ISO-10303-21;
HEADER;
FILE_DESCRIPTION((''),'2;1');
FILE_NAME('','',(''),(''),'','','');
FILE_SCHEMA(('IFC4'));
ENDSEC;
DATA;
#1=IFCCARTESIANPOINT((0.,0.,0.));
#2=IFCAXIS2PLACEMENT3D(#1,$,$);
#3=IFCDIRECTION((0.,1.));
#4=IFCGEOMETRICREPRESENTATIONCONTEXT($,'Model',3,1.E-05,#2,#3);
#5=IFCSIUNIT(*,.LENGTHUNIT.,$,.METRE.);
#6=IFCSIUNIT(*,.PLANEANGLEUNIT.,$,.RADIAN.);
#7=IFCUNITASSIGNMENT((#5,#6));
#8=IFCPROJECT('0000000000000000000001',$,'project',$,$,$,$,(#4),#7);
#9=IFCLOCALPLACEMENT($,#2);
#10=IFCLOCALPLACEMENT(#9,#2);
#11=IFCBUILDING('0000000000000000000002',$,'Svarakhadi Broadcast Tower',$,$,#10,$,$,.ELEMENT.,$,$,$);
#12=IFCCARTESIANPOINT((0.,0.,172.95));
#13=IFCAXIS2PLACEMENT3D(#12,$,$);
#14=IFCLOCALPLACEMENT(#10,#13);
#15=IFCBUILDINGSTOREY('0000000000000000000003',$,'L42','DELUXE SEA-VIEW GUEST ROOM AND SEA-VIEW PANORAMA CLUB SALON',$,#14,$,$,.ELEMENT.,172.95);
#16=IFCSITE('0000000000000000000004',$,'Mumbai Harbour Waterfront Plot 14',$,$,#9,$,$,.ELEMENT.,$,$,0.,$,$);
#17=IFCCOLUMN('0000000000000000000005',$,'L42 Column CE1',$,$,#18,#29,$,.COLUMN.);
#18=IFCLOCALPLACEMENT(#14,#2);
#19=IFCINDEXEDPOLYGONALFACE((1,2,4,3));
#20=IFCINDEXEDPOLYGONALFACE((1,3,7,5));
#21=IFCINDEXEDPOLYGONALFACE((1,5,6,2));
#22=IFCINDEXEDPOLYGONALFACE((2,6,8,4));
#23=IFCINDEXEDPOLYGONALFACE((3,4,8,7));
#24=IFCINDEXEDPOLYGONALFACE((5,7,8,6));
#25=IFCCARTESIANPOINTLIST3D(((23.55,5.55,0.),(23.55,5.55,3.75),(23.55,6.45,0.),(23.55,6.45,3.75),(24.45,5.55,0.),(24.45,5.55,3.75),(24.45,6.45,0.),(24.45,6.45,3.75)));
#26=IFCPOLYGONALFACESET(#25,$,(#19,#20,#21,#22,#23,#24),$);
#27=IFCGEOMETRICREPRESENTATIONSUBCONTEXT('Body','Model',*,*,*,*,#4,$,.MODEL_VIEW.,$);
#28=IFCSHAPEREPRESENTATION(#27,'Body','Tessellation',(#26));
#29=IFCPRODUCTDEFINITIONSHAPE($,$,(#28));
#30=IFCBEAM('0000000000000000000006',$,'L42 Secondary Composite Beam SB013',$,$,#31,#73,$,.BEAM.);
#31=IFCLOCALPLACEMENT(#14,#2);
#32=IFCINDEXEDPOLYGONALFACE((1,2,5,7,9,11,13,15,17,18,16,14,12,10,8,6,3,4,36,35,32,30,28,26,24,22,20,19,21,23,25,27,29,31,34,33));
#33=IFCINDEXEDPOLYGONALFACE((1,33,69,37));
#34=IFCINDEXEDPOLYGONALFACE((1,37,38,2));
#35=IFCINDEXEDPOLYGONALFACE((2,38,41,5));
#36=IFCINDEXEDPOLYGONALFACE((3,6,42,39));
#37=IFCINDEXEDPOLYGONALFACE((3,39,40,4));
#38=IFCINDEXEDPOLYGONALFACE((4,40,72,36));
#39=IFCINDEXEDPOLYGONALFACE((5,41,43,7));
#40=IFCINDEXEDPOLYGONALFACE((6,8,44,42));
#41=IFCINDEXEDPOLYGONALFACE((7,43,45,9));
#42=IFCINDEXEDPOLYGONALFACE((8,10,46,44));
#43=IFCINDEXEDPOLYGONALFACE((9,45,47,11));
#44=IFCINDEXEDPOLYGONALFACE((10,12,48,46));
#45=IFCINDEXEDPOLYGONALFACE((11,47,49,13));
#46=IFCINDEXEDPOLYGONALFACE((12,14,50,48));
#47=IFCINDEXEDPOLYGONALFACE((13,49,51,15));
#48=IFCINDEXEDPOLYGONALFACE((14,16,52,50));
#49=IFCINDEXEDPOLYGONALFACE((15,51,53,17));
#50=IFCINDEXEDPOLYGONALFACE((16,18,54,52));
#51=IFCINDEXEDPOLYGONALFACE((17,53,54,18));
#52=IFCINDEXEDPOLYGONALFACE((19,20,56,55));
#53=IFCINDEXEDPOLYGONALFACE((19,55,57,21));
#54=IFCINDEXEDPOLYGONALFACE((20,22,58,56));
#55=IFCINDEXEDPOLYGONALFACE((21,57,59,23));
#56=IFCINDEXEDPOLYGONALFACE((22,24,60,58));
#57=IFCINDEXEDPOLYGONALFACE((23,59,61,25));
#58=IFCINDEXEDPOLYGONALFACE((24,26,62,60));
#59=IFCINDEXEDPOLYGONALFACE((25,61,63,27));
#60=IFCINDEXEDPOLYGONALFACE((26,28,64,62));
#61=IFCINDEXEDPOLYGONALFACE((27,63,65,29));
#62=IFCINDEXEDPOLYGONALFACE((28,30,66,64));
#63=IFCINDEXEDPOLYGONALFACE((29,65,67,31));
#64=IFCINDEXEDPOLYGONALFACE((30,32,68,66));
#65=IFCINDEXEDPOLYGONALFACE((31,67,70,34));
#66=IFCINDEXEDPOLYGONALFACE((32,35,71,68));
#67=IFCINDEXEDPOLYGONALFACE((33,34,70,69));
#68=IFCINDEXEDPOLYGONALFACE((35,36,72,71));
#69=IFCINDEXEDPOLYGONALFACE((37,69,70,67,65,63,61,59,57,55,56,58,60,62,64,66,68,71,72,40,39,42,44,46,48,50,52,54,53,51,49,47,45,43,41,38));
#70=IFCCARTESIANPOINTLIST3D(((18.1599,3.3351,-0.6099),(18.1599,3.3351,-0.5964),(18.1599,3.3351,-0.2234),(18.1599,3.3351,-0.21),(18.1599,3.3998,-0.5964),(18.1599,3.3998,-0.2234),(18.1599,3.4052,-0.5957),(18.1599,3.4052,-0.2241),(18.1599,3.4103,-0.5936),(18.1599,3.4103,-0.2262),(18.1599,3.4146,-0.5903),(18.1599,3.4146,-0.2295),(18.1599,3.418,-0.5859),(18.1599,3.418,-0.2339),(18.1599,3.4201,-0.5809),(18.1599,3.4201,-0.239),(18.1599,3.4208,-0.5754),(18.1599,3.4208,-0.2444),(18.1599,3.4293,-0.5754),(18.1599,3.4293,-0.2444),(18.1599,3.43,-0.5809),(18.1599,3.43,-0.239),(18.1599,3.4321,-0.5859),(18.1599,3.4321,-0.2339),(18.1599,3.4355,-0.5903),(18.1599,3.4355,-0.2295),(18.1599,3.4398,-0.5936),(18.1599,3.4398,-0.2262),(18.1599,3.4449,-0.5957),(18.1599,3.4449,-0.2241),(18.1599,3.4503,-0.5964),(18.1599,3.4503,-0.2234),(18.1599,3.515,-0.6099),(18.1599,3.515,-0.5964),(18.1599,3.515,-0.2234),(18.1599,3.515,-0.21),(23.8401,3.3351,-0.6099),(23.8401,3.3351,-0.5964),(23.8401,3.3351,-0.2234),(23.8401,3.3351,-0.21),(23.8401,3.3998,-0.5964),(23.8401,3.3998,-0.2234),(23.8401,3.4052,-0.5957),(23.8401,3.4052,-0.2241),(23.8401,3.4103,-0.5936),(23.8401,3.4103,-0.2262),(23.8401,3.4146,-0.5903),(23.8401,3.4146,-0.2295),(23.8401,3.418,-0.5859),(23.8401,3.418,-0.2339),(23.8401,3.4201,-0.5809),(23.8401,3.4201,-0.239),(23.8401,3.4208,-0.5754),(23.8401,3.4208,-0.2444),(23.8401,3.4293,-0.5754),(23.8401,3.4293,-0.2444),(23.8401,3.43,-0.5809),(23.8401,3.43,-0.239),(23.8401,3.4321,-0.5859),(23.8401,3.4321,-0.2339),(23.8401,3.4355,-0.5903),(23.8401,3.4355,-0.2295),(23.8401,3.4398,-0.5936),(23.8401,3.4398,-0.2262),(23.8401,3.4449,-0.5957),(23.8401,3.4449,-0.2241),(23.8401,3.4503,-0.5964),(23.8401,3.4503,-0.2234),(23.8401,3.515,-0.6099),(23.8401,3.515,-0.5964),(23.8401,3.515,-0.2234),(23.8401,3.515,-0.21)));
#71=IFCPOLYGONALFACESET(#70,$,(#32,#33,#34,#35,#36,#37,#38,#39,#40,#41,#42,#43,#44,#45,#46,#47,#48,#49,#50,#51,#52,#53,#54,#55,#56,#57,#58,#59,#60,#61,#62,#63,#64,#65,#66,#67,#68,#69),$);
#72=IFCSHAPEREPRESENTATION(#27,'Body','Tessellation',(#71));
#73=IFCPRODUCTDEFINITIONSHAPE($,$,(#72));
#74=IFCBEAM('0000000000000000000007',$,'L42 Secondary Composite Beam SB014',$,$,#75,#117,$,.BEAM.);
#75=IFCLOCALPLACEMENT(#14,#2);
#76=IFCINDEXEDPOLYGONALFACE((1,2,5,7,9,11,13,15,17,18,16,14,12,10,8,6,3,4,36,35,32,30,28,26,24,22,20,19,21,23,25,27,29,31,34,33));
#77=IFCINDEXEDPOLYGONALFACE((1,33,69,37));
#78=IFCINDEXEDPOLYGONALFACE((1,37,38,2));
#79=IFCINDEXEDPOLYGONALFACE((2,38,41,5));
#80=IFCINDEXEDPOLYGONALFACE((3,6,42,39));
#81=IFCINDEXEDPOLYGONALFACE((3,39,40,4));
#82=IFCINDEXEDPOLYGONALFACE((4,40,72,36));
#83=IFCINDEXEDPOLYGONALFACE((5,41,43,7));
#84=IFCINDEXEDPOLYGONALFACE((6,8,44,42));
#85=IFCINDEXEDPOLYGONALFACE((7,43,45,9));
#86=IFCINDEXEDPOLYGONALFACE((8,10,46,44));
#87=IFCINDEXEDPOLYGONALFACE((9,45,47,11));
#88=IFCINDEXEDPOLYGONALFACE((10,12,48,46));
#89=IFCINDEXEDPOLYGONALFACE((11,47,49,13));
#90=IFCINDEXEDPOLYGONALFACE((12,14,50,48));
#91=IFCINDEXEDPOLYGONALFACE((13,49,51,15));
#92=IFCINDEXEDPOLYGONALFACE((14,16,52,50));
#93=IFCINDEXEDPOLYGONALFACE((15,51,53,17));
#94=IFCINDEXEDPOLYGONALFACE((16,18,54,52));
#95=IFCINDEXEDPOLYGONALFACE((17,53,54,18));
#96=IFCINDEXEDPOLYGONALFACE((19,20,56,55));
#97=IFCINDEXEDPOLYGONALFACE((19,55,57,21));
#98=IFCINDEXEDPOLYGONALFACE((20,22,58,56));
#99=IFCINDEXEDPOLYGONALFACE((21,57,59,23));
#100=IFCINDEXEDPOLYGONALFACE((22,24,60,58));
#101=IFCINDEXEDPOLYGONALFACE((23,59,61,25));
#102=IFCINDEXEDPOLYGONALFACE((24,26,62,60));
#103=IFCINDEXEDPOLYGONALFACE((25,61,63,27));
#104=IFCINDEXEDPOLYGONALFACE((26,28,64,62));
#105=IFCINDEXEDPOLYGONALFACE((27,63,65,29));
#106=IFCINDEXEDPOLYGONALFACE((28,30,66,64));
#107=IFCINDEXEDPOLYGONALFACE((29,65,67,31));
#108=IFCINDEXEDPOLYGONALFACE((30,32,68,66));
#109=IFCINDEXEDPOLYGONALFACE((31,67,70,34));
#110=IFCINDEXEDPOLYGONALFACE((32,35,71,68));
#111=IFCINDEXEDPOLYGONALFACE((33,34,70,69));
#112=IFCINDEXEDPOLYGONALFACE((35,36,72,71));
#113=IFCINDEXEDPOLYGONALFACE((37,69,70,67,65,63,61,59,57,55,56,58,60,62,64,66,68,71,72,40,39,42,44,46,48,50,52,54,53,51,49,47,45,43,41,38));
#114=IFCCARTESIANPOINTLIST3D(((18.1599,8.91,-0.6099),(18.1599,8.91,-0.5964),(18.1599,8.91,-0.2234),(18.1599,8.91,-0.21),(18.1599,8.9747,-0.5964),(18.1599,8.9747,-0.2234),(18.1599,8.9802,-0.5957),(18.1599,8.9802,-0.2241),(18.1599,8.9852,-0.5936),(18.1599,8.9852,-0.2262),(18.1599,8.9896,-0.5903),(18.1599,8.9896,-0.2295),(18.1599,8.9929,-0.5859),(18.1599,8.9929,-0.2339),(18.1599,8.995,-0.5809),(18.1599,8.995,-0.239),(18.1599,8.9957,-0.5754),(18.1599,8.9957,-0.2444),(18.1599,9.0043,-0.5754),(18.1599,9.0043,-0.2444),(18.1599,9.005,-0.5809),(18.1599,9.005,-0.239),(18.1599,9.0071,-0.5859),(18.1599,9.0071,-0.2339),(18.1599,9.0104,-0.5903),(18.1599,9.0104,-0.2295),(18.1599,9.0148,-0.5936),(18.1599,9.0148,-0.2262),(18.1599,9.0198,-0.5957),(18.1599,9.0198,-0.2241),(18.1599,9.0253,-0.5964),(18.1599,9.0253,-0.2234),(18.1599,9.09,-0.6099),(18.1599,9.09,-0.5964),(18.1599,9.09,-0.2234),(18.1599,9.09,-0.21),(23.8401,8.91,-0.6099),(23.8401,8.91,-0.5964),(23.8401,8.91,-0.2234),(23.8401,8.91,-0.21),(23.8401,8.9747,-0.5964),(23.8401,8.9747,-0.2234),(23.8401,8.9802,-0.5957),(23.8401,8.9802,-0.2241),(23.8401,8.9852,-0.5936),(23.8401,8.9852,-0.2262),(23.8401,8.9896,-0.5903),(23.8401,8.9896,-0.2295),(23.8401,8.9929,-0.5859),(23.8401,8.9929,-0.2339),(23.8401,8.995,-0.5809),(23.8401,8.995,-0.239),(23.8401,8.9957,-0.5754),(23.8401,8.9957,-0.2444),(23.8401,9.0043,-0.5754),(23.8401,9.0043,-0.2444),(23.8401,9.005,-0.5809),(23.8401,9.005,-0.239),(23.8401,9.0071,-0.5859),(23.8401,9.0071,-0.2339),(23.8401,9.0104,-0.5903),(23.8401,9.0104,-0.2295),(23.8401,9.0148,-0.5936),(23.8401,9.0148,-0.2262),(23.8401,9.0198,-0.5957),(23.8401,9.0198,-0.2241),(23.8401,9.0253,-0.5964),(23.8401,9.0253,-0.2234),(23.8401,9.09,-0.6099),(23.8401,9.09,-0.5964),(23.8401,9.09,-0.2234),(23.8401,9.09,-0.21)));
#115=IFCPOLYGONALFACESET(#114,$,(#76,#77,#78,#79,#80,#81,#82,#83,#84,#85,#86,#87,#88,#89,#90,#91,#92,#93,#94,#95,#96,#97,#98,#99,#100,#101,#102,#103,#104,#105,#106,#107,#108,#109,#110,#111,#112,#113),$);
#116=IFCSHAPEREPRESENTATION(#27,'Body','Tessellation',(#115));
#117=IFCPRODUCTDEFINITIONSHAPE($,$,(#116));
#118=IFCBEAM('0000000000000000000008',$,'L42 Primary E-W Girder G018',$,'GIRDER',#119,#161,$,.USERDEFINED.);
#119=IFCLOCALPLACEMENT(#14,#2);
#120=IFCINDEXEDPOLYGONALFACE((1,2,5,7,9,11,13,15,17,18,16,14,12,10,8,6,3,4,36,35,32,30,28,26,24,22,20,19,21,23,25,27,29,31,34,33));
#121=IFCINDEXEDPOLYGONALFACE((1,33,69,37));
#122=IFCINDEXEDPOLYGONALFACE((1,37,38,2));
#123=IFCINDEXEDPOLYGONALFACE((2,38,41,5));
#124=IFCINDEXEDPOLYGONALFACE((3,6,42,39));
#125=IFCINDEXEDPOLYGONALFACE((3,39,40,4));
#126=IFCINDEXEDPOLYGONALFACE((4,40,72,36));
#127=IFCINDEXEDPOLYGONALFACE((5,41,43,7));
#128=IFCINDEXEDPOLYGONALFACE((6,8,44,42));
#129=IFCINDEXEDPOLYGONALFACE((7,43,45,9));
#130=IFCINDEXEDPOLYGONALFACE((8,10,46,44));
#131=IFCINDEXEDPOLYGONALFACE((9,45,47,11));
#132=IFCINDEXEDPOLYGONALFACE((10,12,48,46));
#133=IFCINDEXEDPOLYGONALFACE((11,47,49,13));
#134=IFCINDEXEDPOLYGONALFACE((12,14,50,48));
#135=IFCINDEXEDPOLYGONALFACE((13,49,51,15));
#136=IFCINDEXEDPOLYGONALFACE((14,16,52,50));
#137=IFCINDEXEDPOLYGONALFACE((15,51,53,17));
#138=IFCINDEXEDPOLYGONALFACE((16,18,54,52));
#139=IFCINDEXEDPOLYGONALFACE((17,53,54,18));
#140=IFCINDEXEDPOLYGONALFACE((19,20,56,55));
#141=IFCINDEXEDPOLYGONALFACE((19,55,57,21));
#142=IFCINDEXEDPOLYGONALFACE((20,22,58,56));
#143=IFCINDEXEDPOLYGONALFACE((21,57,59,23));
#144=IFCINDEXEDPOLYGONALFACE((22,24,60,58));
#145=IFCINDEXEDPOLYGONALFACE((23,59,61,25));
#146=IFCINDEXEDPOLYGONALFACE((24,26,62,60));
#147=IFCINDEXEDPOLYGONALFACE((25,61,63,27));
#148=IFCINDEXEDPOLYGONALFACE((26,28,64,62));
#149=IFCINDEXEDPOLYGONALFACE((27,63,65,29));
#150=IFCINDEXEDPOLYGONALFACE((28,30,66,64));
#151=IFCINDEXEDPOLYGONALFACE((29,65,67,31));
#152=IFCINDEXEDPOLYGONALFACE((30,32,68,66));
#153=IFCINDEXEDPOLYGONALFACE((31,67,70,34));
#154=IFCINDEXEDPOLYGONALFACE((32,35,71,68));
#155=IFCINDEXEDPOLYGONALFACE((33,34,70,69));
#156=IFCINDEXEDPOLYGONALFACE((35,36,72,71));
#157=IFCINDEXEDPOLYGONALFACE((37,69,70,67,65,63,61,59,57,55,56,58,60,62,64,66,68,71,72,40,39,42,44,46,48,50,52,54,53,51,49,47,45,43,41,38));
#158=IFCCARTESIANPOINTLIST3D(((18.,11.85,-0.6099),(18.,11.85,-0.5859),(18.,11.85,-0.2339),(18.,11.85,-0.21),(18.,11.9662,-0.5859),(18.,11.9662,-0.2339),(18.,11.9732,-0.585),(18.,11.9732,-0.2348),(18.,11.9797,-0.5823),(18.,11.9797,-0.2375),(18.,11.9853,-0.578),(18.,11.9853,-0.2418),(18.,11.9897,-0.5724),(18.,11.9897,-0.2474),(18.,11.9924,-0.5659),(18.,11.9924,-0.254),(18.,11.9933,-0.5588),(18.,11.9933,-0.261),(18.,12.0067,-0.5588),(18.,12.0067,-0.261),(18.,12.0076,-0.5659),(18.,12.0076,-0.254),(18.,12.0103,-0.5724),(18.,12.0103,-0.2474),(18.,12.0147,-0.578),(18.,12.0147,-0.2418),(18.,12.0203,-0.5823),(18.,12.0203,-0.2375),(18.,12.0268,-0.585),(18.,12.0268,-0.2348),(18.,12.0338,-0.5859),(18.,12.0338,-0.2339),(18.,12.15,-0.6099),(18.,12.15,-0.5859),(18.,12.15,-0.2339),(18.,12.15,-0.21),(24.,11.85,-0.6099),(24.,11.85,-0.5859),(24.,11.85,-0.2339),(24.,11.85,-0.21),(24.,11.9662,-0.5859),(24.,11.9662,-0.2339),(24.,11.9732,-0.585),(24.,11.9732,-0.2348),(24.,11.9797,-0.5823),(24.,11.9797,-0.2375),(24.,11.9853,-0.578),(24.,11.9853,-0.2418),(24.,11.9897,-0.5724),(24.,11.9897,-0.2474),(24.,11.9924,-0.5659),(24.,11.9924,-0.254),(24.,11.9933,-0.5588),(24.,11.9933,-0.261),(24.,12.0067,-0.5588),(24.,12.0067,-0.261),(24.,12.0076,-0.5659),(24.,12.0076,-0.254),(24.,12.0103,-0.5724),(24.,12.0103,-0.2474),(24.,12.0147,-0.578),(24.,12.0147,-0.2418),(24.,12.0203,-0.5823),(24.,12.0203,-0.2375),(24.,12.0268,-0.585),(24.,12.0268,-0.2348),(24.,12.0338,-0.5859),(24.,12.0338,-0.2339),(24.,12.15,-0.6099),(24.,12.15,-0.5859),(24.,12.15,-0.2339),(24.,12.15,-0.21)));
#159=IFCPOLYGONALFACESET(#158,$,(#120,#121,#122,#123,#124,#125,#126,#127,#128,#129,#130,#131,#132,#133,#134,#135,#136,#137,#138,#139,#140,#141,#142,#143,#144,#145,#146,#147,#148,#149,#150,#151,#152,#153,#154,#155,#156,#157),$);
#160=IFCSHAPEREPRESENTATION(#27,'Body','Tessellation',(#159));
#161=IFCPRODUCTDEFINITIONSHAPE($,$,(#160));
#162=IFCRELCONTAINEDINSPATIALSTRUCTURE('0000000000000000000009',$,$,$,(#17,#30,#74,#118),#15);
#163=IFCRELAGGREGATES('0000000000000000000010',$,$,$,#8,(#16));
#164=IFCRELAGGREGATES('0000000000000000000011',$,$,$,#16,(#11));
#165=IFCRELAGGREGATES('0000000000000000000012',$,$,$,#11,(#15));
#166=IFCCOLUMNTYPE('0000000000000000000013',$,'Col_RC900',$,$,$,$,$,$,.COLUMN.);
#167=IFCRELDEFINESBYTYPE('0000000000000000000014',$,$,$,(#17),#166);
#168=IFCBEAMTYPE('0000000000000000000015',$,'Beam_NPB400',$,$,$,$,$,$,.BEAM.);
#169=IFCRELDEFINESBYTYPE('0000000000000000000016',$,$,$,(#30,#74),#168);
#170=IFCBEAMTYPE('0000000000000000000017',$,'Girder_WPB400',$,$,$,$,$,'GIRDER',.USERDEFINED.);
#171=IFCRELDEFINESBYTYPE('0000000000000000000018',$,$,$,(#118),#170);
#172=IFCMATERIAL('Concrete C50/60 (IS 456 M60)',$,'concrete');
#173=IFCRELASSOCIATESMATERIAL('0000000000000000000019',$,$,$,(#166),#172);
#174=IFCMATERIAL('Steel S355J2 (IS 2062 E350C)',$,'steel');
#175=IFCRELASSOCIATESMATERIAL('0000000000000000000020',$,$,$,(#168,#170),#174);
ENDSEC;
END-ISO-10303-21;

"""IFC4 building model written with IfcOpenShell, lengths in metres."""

from ifc_helpers import new_model, si_unit, direction, frame, origin, origin_2d, place, context, subcontext, project, spatial, rectangle, i_section, extrude, material, material_profile, profile_set, type_object, element, save


model = new_model("IFC4")

# Units and contexts
model_context = context("Model", 3, precision=1e-05, world=origin(), true_north=direction((0.0, 1.0)))
body_context = subcontext(model_context, "Body", "Model", "MODEL_VIEW")
ifc_project = project(units=[si_unit("LENGTHUNIT", "METRE"), si_unit("PLANEANGLEUNIT", "RADIAN")], contexts=[model_context])

# Site, building, storey
site_placement = place(None, origin())
site = spatial("IfcSite", under=ifc_project, at=site_placement, Name="Mumbai Harbour Waterfront Plot 14", CompositionType="ELEMENT", RefElevation=0.0)
building_placement = place(site_placement, origin())
building = spatial("IfcBuilding", under=site, at=building_placement, Name="Svarakhadi Broadcast Tower", CompositionType="ELEMENT")
storey_placement = place(building_placement, frame((0.0, 0.0, 172.95)))
storey = spatial("IfcBuildingStorey", under=building, at=storey_placement, Name="L42", Description="DELUXE SEA-VIEW GUEST ROOM AND SEA-VIEW PANORAMA CLUB SALON", CompositionType="ELEMENT", Elevation=172.95)

# Column
ifc_material_1 = material(Name="Concrete C50/60 (IS 456 M60)", Category="concrete")
ifc_material_profile_1 = material_profile(ifc_material_1, rectangle(XDim=0.8999, YDim=0.8999, at=origin_2d()), Name="RC 900x900")
ifc_profile_set_1 = profile_set([ifc_material_profile_1], Name="Concrete C50/60 (IS 456 M60)")
column_type = type_object("IfcColumnType", Name="Col_RC900", PredefinedType="COLUMN", material=ifc_profile_set_1)
column_placement = place(storey_placement, frame((24.0, 6.0, 0.0), z_axis=(0.0, 0.0, 1.0), x_axis=(1.0, 0.0, 0.0)))
element("IfcColumn", 1, at=column_placement, inside=storey, type_object=column_type, Name="L42 Column CE1", PredefinedType="COLUMN", context=body_context, shape_type="SweptSolid", body=[
    extrude(rectangle(XDim=0.8999, YDim=0.8999, at=origin_2d()), origin(), (0.0, 0.0, 1.0), 3.75),
])

# Beams
ifc_material_2 = material(Name="Steel S355J2 (IS 2062 E350C)", Category="steel")
ifc_material_profile_2 = material_profile(ifc_material_2, i_section(OverallWidth=0.1799, OverallDepth=0.3999, WebThickness=0.0085, FlangeThickness=0.0134, FilletRadius=0.021, at=origin_2d()), Name="NPB 400x180x66")
ifc_profile_set_2 = profile_set([ifc_material_profile_2], Name="Steel S355J2 (IS 2062 E350C)")
beam_type_1 = type_object("IfcBeamType", Name="Beam_NPB400", PredefinedType="BEAM", material=ifc_profile_set_2)
for number, where, z_axis, x_axis, name in (
    (2, (18.1599, 3.425, -0.4099), (1.0, 0.0, 0.0), (0.0, 1.0, 0.0), "L42 Secondary Composite Beam SB013"),
    (3, (18.1599, 9.0, -0.4099), (1.0, 0.0, 0.0), (0.0, 1.0, 0.0), "L42 Secondary Composite Beam SB014"),
):
    element("IfcBeam", number, at=place(storey_placement, frame(where, z_axis=z_axis, x_axis=x_axis)), inside=storey, type_object=beam_type_1, Name=name, PredefinedType="BEAM", context=body_context, shape_type="SweptSolid", body=[
        extrude(i_section(OverallWidth=0.1799, OverallDepth=0.3999, WebThickness=0.0085, FlangeThickness=0.0134, FilletRadius=0.021, at=origin_2d()), origin(), (0.0, 0.0, 1.0), 5.6802),
    ])
ifc_material_profile_3 = material_profile(ifc_material_2, i_section(OverallWidth=0.3, OverallDepth=0.3999, WebThickness=0.0134, FlangeThickness=0.0239, FilletRadius=0.0271, at=origin_2d()), Name="WPB 400x300x155")
ifc_profile_set_3 = profile_set([ifc_material_profile_3], Name="Steel S355J2 (IS 2062 E350C)")
beam_type_2 = type_object("IfcBeamType", Name="Girder_WPB400", ElementType="GIRDER", PredefinedType="USERDEFINED", material=ifc_profile_set_3)
for number, where, z_axis, x_axis, name in (
    (4, (18.0, 12.0, -0.4099), (1.0, 0.0, 0.0), (0.0, 1.0, 0.0), "L42 Primary E-W Girder G018"),
):
    element("IfcBeam", number, at=place(storey_placement, frame(where, z_axis=z_axis, x_axis=x_axis)), inside=storey, type_object=beam_type_2, Name=name, ObjectType="GIRDER", PredefinedType="USERDEFINED", context=body_context, shape_type="SweptSolid", body=[
        extrude(i_section(OverallWidth=0.3, OverallDepth=0.3999, WebThickness=0.0134, FlangeThickness=0.0239, FilletRadius=0.0271, at=origin_2d()), origin(), (0.0, 0.0, 1.0), 6.0),
    ])

save(model, "model.ifc")
